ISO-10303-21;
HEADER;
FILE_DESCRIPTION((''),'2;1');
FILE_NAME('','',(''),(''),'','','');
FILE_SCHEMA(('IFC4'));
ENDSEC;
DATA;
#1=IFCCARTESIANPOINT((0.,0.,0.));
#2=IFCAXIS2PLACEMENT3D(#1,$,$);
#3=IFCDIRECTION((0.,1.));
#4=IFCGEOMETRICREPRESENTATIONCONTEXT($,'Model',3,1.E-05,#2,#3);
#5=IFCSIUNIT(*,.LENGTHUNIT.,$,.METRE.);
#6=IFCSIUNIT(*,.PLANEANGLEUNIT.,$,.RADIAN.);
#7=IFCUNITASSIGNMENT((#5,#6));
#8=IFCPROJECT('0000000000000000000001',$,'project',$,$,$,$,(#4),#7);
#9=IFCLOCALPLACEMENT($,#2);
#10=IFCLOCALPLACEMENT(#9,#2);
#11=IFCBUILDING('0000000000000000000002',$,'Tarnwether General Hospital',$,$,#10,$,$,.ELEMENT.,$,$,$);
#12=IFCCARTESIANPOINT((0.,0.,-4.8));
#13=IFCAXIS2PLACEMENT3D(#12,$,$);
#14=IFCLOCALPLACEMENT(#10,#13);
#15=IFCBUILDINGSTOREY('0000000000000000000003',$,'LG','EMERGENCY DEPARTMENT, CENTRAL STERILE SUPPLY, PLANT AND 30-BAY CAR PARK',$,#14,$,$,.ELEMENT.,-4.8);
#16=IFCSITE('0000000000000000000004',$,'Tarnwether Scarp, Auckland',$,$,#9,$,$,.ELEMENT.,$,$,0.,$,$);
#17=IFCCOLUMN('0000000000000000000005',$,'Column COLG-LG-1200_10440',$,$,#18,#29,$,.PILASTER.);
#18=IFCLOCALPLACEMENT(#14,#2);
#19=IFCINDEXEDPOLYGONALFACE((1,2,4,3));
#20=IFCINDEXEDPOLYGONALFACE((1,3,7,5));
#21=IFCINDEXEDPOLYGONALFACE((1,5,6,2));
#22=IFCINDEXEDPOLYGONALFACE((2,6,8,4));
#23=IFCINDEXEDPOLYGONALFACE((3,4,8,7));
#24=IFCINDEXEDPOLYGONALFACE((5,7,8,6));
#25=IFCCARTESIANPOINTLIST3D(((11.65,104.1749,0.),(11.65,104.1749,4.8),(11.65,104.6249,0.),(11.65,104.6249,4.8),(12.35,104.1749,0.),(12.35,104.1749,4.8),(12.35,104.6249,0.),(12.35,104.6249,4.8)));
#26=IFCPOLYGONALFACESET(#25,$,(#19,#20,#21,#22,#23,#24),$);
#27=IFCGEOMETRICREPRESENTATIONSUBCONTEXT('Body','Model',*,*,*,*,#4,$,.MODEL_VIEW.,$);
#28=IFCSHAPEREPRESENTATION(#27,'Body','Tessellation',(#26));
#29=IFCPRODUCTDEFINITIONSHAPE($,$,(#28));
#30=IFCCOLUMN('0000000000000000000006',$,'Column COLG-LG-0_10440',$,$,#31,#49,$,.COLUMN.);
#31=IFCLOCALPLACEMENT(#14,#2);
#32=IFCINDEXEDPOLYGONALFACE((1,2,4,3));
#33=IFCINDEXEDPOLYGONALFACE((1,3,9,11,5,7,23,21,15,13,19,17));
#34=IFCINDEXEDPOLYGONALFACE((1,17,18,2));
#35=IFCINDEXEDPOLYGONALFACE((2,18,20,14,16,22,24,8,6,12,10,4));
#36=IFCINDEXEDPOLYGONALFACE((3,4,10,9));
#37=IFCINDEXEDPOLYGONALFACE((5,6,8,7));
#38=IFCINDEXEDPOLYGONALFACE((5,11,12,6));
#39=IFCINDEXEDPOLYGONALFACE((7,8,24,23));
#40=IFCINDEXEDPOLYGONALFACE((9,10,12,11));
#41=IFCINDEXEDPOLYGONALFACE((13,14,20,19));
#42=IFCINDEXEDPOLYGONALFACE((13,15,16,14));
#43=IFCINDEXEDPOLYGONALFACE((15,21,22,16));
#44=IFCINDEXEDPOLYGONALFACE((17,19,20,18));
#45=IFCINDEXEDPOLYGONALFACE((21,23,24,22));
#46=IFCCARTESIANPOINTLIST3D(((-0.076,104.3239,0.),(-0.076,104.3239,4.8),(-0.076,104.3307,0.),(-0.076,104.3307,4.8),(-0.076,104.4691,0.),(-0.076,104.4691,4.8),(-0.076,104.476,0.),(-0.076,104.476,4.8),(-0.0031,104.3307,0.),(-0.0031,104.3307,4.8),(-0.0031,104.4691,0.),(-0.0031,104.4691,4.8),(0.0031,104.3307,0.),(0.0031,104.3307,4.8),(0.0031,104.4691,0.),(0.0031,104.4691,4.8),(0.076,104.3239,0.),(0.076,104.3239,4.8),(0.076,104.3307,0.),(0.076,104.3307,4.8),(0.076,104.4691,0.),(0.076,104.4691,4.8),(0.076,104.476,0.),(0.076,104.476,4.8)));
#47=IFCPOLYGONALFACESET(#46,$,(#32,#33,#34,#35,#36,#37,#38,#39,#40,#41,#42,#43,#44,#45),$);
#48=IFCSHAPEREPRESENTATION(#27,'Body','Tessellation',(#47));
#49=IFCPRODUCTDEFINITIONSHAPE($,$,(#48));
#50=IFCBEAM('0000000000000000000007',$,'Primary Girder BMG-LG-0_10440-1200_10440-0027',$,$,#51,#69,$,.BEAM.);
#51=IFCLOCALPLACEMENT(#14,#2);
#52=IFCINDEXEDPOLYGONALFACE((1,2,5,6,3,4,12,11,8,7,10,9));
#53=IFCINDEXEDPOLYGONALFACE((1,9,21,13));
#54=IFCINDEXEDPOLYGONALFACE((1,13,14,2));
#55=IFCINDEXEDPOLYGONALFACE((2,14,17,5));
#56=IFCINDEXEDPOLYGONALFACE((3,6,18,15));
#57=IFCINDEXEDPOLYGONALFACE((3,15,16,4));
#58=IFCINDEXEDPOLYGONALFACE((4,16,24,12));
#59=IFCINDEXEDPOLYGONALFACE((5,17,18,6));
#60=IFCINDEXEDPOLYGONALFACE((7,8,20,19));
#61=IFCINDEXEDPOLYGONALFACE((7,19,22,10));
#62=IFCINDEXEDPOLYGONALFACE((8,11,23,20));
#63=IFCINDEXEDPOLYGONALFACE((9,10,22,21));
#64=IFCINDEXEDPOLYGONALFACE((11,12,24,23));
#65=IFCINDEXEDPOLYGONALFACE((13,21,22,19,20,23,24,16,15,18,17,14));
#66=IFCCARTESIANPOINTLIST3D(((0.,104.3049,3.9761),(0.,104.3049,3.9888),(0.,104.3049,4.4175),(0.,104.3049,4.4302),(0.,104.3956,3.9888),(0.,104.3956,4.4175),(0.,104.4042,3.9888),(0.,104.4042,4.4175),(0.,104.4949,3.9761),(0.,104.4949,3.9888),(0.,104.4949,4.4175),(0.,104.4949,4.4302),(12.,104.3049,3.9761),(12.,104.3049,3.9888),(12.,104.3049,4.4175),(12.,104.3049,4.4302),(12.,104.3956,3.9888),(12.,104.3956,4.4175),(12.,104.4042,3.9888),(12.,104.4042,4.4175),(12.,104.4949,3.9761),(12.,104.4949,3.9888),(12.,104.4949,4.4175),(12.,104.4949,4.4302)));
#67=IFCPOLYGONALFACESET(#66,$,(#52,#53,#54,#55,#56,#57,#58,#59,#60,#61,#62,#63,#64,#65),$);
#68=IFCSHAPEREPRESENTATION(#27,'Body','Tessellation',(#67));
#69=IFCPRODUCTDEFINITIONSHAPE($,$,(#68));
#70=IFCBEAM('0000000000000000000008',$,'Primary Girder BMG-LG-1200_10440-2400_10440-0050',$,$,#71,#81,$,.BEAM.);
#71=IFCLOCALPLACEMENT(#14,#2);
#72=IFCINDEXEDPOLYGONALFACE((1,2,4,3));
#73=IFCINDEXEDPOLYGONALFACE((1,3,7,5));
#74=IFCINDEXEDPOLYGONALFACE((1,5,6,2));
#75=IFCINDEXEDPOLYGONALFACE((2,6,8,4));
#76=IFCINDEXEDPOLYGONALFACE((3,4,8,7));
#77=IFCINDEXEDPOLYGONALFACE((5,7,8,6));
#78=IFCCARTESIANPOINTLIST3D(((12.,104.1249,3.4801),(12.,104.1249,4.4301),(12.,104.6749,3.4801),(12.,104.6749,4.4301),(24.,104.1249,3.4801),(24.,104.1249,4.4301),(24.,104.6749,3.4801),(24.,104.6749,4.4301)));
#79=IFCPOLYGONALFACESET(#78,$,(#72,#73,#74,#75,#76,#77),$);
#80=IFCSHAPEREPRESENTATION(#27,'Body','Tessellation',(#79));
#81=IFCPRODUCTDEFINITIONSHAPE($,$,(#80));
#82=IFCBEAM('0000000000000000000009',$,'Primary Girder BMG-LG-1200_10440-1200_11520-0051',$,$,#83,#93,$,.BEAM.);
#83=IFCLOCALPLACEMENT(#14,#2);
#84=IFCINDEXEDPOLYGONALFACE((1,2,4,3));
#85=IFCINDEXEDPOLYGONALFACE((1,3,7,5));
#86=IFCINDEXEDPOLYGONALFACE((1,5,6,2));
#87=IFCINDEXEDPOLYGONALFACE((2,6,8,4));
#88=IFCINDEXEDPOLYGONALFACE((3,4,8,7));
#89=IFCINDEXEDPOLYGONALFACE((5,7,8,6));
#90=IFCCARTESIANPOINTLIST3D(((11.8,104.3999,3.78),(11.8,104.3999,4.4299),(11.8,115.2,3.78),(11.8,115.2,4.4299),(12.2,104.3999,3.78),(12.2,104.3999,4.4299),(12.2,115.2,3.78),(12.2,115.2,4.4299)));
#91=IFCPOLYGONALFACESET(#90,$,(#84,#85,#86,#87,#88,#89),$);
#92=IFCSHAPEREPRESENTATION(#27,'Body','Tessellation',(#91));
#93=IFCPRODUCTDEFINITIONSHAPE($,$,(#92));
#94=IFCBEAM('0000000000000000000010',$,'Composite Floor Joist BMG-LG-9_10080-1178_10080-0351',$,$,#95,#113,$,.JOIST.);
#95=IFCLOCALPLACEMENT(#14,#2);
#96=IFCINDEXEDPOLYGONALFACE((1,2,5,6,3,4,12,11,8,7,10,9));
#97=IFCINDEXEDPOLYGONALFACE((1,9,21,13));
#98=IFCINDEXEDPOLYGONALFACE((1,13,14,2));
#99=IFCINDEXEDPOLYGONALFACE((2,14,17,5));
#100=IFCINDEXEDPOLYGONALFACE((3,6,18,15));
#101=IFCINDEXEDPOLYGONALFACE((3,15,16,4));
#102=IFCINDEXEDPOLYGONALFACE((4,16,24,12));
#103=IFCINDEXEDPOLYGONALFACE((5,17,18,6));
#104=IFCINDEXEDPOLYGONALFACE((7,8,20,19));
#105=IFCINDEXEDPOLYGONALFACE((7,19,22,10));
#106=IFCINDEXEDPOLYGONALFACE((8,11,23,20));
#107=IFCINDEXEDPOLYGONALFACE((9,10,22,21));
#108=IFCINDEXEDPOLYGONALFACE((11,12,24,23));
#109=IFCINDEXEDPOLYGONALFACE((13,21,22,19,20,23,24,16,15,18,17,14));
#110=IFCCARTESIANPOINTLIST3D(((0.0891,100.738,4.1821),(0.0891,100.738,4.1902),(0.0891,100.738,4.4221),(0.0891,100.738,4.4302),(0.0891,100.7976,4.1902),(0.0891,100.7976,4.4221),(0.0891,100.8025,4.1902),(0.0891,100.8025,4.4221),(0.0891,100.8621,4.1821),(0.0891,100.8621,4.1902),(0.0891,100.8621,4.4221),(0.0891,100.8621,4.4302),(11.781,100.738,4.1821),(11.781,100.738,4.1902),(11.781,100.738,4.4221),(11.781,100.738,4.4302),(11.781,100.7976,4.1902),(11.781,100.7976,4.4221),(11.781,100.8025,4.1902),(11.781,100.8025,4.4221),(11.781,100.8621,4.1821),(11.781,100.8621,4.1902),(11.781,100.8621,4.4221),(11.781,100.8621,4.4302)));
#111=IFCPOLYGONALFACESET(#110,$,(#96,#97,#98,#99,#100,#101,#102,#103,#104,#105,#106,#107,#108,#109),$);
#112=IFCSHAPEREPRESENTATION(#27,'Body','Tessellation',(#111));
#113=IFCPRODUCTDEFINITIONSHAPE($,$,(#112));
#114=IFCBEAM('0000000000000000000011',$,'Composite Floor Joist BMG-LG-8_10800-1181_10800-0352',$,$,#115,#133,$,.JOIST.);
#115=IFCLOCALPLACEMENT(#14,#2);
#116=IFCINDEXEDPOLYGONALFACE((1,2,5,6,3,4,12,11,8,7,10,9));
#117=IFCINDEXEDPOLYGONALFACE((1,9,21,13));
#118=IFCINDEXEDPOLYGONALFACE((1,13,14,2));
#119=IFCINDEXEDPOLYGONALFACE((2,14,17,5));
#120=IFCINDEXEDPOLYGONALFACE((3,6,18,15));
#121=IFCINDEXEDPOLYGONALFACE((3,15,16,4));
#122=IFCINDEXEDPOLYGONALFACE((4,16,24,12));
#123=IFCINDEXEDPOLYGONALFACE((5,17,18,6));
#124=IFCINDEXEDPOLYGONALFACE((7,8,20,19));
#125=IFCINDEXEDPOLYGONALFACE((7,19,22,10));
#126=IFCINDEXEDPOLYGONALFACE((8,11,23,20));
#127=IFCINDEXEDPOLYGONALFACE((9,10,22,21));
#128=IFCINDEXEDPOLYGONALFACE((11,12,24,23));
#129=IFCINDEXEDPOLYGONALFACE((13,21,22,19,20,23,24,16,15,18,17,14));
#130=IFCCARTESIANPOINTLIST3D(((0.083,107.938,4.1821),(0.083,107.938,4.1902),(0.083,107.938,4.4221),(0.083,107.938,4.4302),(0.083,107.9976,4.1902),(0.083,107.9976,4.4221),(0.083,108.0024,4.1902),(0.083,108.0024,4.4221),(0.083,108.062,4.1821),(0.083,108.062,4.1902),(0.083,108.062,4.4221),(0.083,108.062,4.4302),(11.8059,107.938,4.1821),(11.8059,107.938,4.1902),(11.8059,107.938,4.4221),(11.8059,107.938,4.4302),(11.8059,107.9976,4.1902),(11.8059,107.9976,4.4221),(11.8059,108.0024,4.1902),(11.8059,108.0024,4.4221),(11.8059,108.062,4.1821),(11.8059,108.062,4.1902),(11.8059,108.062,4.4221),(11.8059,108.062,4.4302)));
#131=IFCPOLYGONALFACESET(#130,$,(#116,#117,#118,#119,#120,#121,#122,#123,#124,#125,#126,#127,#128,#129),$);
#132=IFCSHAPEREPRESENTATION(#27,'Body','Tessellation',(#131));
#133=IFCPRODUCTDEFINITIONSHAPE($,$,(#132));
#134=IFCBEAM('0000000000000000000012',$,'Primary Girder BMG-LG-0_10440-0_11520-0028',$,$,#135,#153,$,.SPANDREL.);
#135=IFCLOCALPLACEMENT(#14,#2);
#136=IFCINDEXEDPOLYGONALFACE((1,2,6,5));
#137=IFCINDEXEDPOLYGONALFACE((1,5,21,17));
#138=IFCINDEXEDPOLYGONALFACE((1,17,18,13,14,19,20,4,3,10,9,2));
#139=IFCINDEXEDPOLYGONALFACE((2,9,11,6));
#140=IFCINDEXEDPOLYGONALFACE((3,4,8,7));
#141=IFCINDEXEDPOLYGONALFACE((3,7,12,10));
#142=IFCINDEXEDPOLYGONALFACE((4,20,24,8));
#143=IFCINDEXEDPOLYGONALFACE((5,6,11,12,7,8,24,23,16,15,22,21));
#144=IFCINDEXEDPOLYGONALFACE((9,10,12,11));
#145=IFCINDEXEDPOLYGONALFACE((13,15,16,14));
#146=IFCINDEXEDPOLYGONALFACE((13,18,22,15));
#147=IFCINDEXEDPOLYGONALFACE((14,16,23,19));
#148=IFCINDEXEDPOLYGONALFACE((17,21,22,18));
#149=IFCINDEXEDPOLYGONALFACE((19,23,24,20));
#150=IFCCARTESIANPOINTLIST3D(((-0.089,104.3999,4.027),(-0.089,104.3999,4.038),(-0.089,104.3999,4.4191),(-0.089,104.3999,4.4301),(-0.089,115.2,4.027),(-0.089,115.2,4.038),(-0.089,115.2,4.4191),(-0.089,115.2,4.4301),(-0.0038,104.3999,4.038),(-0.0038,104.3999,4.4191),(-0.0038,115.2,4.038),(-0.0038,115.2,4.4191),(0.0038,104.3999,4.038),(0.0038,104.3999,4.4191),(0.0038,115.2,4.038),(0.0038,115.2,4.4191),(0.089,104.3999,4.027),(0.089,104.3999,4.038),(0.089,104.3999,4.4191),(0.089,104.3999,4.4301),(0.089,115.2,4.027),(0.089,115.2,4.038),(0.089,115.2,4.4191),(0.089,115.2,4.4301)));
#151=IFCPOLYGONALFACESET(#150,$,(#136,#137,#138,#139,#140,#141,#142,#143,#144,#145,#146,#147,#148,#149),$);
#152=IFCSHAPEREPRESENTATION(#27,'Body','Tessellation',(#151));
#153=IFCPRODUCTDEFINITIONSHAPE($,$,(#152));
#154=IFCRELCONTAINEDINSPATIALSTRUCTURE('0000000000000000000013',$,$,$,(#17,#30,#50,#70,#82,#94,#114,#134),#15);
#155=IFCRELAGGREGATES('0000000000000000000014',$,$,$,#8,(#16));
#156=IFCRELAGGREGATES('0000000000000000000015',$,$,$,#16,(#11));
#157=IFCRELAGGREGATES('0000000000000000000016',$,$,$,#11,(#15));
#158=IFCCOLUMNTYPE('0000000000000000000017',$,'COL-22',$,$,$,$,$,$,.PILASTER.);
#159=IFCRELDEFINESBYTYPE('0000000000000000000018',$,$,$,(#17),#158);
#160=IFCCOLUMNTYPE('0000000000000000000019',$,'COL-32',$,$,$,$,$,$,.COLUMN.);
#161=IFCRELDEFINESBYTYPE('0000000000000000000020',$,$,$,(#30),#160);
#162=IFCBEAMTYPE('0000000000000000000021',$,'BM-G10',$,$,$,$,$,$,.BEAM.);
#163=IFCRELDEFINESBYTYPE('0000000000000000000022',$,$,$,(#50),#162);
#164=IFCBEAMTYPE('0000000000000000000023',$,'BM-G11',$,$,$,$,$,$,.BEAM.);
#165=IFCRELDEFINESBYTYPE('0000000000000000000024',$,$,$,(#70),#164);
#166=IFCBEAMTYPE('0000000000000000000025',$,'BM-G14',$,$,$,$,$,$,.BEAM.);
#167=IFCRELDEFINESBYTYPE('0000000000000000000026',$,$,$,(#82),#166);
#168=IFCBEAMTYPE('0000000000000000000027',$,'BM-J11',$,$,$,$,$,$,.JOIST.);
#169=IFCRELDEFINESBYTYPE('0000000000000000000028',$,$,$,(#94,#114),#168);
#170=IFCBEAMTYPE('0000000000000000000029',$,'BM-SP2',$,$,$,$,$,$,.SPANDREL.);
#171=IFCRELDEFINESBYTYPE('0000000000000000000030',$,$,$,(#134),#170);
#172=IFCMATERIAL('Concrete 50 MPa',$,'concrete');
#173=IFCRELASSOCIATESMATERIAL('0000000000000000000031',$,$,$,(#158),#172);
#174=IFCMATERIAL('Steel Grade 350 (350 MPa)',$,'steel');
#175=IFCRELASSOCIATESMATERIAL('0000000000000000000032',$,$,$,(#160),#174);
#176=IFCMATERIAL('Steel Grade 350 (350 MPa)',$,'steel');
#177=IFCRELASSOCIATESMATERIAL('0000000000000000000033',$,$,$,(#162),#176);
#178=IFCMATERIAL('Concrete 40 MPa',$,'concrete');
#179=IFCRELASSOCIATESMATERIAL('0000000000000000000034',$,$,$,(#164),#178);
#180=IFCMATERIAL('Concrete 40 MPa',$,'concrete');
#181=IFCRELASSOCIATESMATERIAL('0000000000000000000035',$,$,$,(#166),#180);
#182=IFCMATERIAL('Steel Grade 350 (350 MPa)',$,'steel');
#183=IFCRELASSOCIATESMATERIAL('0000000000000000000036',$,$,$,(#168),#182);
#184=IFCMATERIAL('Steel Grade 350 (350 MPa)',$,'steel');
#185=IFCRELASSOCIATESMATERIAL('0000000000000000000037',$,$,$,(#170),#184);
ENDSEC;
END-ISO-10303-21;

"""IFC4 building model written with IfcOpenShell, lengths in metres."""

from ifc_helpers import new_model, si_unit, direction, frame, origin, origin_2d, place, context, subcontext, project, spatial, rectangle, i_section, extrude, material, material_profile, profile_set, type_object, element, save


model = new_model("IFC4")

# Units and contexts
model_context = context("Model", 3, precision=1e-05, world=origin(), true_north=direction((0.0, 1.0)))
body_context = subcontext(model_context, "Body", "Model", "MODEL_VIEW")
ifc_project = project(units=[si_unit("LENGTHUNIT", "METRE"), si_unit("PLANEANGLEUNIT", "RADIAN")], contexts=[model_context])

# Site, building, storey
site_placement = place(None, origin())
site = spatial("IfcSite", under=ifc_project, at=site_placement, Name="Tarnwether Scarp, Auckland", CompositionType="ELEMENT", RefElevation=0.0)
building_placement = place(site_placement, origin())
building = spatial("IfcBuilding", under=site, at=building_placement, Name="Tarnwether General Hospital", CompositionType="ELEMENT")
storey_placement = place(building_placement, frame((0.0, 0.0, -4.8)))
storey = spatial("IfcBuildingStorey", under=building, at=storey_placement, Name="LG", Description="EMERGENCY DEPARTMENT, CENTRAL STERILE SUPPLY, PLANT AND 30-BAY CAR PARK", CompositionType="ELEMENT", Elevation=-4.8)

# Columns
ifc_material_1 = material(Name="Concrete 50 MPa", Category="concrete")
ifc_material_profile_1 = material_profile(ifc_material_1, rectangle(XDim=0.45, YDim=0.7, at=origin_2d()), Name="RC-PIL-450x700")
ifc_profile_set_1 = profile_set([ifc_material_profile_1], Name="Concrete 50 MPa")
column_type_1 = type_object("IfcColumnType", Name="COL-22", PredefinedType="PILASTER", material=ifc_profile_set_1)
column_1_placement = place(storey_placement, frame((12.0, 104.3999, 0.0), z_axis=(0.0, 0.0, 1.0), x_axis=(0.0, 1.0, 0.0)))
element("IfcColumn", 1, at=column_1_placement, inside=storey, type_object=column_type_1, Name="Column COLG-LG-1200_10440", PredefinedType="PILASTER", context=body_context, shape_type="SweptSolid", body=[
    extrude(rectangle(XDim=0.45, YDim=0.7, at=origin_2d()), origin(), (0.0, 0.0, 1.0), 4.8),
])
ifc_material_2 = material(Name="Steel Grade 350 (350 MPa)", Category="steel")
ifc_material_profile_2 = material_profile(ifc_material_2, i_section(OverallWidth=0.1521, OverallDepth=0.1521, WebThickness=0.0061, FlangeThickness=0.0068, at=origin_2d()), Name="150UC23.4")
ifc_profile_set_2 = profile_set([ifc_material_profile_2], Name="Steel Grade 350 (350 MPa)")
column_type_2 = type_object("IfcColumnType", Name="COL-32", PredefinedType="COLUMN", material=ifc_profile_set_2)
column_2_placement = place(storey_placement, frame((0.0, 104.3999, 0.0), z_axis=(0.0, 0.0, 1.0), x_axis=(1.0, 0.0, 0.0)))
element("IfcColumn", 2, at=column_2_placement, inside=storey, type_object=column_type_2, Name="Column COLG-LG-0_10440", PredefinedType="COLUMN", context=body_context, shape_type="SweptSolid", body=[
    extrude(i_section(OverallWidth=0.1521, OverallDepth=0.1521, WebThickness=0.0061, FlangeThickness=0.0068, at=origin_2d()), origin(), (0.0, 0.0, 1.0), 4.8),
])

# Beams
ifc_material_3 = material(Name="Steel Grade 350 (350 MPa)", Category="steel")
ifc_material_profile_3 = material_profile(ifc_material_3, i_section(OverallWidth=0.1899, OverallDepth=0.4541, WebThickness=0.0085, FlangeThickness=0.0127, at=origin_2d()), Name="460UB67.1")
ifc_profile_set_3 = profile_set([ifc_material_profile_3], Name="Steel Grade 350 (350 MPa)")
beam_type_1 = type_object("IfcBeamType", Name="BM-G10", PredefinedType="BEAM", material=ifc_profile_set_3)
beam_1_placement = place(storey_placement, frame((0.0, 104.3999, 4.2031), z_axis=(1.0, 0.0, 0.0), x_axis=(0.0, 1.0, 0.0)))
element("IfcBeam", 3, at=beam_1_placement, inside=storey, type_object=beam_type_1, Name="Primary Girder BMG-LG-0_10440-1200_10440-0027", PredefinedType="BEAM", context=body_context, shape_type="SweptSolid", body=[
    extrude(i_section(OverallWidth=0.1899, OverallDepth=0.4541, WebThickness=0.0085, FlangeThickness=0.0127, at=origin_2d()), origin(), (0.0, 0.0, 1.0), 12.0),
])
ifc_material_4 = material(Name="Concrete 40 MPa", Category="concrete")
ifc_material_profile_4 = material_profile(ifc_material_4, rectangle(XDim=0.55, YDim=0.95, at=origin_2d()), Name="RC-BM-550x950")
ifc_profile_set_4 = profile_set([ifc_material_profile_4], Name="Concrete 40 MPa")
beam_type_2 = type_object("IfcBeamType", Name="BM-G11", PredefinedType="BEAM", material=ifc_profile_set_4)
beam_2_placement = place(storey_placement, frame((12.0, 104.3999, 3.9551), z_axis=(1.0, 0.0, 0.0), x_axis=(0.0, 1.0, 0.0)))
element("IfcBeam", 4, at=beam_2_placement, inside=storey, type_object=beam_type_2, Name="Primary Girder BMG-LG-1200_10440-2400_10440-0050", PredefinedType="BEAM", context=body_context, shape_type="SweptSolid", body=[
    extrude(rectangle(XDim=0.55, YDim=0.95, at=origin_2d()), origin(), (0.0, 0.0, 1.0), 12.0),
])
ifc_material_5 = material(Name="Concrete 40 MPa", Category="concrete")
ifc_material_profile_5 = material_profile(ifc_material_5, rectangle(XDim=0.3999, YDim=0.6499, at=origin_2d()), Name="RC-BM-400x650")
ifc_profile_set_5 = profile_set([ifc_material_profile_5], Name="Concrete 40 MPa")
beam_type_3 = type_object("IfcBeamType", Name="BM-G14", PredefinedType="BEAM", material=ifc_profile_set_5)
beam_3_placement = place(storey_placement, frame((12.0, 104.3999, 4.105), z_axis=(0.0, 1.0, 0.0), x_axis=(-1.0, 0.0, 0.0)))
element("IfcBeam", 5, at=beam_3_placement, inside=storey, type_object=beam_type_3, Name="Primary Girder BMG-LG-1200_10440-1200_11520-0051", PredefinedType="BEAM", context=body_context, shape_type="SweptSolid", body=[
    extrude(rectangle(XDim=0.3999, YDim=0.6499, at=origin_2d()), origin(), (0.0, 0.0, 1.0), 10.8),
])
ifc_material_6 = material(Name="Steel Grade 350 (350 MPa)", Category="steel")
ifc_material_profile_6 = material_profile(ifc_material_6, i_section(OverallWidth=0.124, OverallDepth=0.248, WebThickness=0.0049, FlangeThickness=0.0081, at=origin_2d()), Name="250UB25.7")
ifc_profile_set_6 = profile_set([ifc_material_profile_6], Name="Steel Grade 350 (350 MPa)")
beam_type_4 = type_object("IfcBeamType", Name="BM-J11", PredefinedType="JOIST", material=ifc_profile_set_6)
beam_4_placement = place(storey_placement, frame((0.0891, 100.8, 4.3062), z_axis=(1.0, 0.0, 0.0), x_axis=(0.0, 1.0, 0.0)))
element("IfcBeam", 6, at=beam_4_placement, inside=storey, type_object=beam_type_4, Name="Composite Floor Joist BMG-LG-9_10080-1178_10080-0351", PredefinedType="JOIST", context=body_context, shape_type="SweptSolid", body=[
    extrude(i_section(OverallWidth=0.124, OverallDepth=0.248, WebThickness=0.0049, FlangeThickness=0.0081, at=origin_2d()), origin(), (0.0, 0.0, 1.0), 11.6919),
])
beam_5_placement = place(storey_placement, frame((0.083, 108.0, 4.3062), z_axis=(1.0, 0.0, 0.0), x_axis=(0.0, 1.0, 0.0)))
element("IfcBeam", 7, at=beam_5_placement, inside=storey, type_object=beam_type_4, Name="Composite Floor Joist BMG-LG-8_10800-1181_10800-0352", PredefinedType="JOIST", context=body_context, shape_type="SweptSolid", body=[
    extrude(i_section(OverallWidth=0.124, OverallDepth=0.248, WebThickness=0.0049, FlangeThickness=0.0081, at=origin_2d()), origin(), (0.0, 0.0, 1.0), 11.7229),
])
ifc_material_7 = material(Name="Steel Grade 350 (350 MPa)", Category="steel")
ifc_material_profile_7 = material_profile(ifc_material_7, i_section(OverallWidth=0.178, OverallDepth=0.4031, WebThickness=0.0076, FlangeThickness=0.011, at=origin_2d()), Name="410UB53.7")
ifc_profile_set_7 = profile_set([ifc_material_profile_7], Name="Steel Grade 350 (350 MPa)")
beam_type_5 = type_object("IfcBeamType", Name="BM-SP2", PredefinedType="SPANDREL", material=ifc_profile_set_7)
beam_6_placement = place(storey_placement, frame((0.0, 104.3999, 4.2285), z_axis=(0.0, 1.0, 0.0), x_axis=(-1.0, 0.0, 0.0)))
element("IfcBeam", 8, at=beam_6_placement, inside=storey, type_object=beam_type_5, Name="Primary Girder BMG-LG-0_10440-0_11520-0028", PredefinedType="SPANDREL", context=body_context, shape_type="SweptSolid", body=[
    extrude(i_section(OverallWidth=0.178, OverallDepth=0.4031, WebThickness=0.0076, FlangeThickness=0.011, at=origin_2d()), origin(), (0.0, 0.0, 1.0), 10.8),
])

save(model, "model.ifc")
